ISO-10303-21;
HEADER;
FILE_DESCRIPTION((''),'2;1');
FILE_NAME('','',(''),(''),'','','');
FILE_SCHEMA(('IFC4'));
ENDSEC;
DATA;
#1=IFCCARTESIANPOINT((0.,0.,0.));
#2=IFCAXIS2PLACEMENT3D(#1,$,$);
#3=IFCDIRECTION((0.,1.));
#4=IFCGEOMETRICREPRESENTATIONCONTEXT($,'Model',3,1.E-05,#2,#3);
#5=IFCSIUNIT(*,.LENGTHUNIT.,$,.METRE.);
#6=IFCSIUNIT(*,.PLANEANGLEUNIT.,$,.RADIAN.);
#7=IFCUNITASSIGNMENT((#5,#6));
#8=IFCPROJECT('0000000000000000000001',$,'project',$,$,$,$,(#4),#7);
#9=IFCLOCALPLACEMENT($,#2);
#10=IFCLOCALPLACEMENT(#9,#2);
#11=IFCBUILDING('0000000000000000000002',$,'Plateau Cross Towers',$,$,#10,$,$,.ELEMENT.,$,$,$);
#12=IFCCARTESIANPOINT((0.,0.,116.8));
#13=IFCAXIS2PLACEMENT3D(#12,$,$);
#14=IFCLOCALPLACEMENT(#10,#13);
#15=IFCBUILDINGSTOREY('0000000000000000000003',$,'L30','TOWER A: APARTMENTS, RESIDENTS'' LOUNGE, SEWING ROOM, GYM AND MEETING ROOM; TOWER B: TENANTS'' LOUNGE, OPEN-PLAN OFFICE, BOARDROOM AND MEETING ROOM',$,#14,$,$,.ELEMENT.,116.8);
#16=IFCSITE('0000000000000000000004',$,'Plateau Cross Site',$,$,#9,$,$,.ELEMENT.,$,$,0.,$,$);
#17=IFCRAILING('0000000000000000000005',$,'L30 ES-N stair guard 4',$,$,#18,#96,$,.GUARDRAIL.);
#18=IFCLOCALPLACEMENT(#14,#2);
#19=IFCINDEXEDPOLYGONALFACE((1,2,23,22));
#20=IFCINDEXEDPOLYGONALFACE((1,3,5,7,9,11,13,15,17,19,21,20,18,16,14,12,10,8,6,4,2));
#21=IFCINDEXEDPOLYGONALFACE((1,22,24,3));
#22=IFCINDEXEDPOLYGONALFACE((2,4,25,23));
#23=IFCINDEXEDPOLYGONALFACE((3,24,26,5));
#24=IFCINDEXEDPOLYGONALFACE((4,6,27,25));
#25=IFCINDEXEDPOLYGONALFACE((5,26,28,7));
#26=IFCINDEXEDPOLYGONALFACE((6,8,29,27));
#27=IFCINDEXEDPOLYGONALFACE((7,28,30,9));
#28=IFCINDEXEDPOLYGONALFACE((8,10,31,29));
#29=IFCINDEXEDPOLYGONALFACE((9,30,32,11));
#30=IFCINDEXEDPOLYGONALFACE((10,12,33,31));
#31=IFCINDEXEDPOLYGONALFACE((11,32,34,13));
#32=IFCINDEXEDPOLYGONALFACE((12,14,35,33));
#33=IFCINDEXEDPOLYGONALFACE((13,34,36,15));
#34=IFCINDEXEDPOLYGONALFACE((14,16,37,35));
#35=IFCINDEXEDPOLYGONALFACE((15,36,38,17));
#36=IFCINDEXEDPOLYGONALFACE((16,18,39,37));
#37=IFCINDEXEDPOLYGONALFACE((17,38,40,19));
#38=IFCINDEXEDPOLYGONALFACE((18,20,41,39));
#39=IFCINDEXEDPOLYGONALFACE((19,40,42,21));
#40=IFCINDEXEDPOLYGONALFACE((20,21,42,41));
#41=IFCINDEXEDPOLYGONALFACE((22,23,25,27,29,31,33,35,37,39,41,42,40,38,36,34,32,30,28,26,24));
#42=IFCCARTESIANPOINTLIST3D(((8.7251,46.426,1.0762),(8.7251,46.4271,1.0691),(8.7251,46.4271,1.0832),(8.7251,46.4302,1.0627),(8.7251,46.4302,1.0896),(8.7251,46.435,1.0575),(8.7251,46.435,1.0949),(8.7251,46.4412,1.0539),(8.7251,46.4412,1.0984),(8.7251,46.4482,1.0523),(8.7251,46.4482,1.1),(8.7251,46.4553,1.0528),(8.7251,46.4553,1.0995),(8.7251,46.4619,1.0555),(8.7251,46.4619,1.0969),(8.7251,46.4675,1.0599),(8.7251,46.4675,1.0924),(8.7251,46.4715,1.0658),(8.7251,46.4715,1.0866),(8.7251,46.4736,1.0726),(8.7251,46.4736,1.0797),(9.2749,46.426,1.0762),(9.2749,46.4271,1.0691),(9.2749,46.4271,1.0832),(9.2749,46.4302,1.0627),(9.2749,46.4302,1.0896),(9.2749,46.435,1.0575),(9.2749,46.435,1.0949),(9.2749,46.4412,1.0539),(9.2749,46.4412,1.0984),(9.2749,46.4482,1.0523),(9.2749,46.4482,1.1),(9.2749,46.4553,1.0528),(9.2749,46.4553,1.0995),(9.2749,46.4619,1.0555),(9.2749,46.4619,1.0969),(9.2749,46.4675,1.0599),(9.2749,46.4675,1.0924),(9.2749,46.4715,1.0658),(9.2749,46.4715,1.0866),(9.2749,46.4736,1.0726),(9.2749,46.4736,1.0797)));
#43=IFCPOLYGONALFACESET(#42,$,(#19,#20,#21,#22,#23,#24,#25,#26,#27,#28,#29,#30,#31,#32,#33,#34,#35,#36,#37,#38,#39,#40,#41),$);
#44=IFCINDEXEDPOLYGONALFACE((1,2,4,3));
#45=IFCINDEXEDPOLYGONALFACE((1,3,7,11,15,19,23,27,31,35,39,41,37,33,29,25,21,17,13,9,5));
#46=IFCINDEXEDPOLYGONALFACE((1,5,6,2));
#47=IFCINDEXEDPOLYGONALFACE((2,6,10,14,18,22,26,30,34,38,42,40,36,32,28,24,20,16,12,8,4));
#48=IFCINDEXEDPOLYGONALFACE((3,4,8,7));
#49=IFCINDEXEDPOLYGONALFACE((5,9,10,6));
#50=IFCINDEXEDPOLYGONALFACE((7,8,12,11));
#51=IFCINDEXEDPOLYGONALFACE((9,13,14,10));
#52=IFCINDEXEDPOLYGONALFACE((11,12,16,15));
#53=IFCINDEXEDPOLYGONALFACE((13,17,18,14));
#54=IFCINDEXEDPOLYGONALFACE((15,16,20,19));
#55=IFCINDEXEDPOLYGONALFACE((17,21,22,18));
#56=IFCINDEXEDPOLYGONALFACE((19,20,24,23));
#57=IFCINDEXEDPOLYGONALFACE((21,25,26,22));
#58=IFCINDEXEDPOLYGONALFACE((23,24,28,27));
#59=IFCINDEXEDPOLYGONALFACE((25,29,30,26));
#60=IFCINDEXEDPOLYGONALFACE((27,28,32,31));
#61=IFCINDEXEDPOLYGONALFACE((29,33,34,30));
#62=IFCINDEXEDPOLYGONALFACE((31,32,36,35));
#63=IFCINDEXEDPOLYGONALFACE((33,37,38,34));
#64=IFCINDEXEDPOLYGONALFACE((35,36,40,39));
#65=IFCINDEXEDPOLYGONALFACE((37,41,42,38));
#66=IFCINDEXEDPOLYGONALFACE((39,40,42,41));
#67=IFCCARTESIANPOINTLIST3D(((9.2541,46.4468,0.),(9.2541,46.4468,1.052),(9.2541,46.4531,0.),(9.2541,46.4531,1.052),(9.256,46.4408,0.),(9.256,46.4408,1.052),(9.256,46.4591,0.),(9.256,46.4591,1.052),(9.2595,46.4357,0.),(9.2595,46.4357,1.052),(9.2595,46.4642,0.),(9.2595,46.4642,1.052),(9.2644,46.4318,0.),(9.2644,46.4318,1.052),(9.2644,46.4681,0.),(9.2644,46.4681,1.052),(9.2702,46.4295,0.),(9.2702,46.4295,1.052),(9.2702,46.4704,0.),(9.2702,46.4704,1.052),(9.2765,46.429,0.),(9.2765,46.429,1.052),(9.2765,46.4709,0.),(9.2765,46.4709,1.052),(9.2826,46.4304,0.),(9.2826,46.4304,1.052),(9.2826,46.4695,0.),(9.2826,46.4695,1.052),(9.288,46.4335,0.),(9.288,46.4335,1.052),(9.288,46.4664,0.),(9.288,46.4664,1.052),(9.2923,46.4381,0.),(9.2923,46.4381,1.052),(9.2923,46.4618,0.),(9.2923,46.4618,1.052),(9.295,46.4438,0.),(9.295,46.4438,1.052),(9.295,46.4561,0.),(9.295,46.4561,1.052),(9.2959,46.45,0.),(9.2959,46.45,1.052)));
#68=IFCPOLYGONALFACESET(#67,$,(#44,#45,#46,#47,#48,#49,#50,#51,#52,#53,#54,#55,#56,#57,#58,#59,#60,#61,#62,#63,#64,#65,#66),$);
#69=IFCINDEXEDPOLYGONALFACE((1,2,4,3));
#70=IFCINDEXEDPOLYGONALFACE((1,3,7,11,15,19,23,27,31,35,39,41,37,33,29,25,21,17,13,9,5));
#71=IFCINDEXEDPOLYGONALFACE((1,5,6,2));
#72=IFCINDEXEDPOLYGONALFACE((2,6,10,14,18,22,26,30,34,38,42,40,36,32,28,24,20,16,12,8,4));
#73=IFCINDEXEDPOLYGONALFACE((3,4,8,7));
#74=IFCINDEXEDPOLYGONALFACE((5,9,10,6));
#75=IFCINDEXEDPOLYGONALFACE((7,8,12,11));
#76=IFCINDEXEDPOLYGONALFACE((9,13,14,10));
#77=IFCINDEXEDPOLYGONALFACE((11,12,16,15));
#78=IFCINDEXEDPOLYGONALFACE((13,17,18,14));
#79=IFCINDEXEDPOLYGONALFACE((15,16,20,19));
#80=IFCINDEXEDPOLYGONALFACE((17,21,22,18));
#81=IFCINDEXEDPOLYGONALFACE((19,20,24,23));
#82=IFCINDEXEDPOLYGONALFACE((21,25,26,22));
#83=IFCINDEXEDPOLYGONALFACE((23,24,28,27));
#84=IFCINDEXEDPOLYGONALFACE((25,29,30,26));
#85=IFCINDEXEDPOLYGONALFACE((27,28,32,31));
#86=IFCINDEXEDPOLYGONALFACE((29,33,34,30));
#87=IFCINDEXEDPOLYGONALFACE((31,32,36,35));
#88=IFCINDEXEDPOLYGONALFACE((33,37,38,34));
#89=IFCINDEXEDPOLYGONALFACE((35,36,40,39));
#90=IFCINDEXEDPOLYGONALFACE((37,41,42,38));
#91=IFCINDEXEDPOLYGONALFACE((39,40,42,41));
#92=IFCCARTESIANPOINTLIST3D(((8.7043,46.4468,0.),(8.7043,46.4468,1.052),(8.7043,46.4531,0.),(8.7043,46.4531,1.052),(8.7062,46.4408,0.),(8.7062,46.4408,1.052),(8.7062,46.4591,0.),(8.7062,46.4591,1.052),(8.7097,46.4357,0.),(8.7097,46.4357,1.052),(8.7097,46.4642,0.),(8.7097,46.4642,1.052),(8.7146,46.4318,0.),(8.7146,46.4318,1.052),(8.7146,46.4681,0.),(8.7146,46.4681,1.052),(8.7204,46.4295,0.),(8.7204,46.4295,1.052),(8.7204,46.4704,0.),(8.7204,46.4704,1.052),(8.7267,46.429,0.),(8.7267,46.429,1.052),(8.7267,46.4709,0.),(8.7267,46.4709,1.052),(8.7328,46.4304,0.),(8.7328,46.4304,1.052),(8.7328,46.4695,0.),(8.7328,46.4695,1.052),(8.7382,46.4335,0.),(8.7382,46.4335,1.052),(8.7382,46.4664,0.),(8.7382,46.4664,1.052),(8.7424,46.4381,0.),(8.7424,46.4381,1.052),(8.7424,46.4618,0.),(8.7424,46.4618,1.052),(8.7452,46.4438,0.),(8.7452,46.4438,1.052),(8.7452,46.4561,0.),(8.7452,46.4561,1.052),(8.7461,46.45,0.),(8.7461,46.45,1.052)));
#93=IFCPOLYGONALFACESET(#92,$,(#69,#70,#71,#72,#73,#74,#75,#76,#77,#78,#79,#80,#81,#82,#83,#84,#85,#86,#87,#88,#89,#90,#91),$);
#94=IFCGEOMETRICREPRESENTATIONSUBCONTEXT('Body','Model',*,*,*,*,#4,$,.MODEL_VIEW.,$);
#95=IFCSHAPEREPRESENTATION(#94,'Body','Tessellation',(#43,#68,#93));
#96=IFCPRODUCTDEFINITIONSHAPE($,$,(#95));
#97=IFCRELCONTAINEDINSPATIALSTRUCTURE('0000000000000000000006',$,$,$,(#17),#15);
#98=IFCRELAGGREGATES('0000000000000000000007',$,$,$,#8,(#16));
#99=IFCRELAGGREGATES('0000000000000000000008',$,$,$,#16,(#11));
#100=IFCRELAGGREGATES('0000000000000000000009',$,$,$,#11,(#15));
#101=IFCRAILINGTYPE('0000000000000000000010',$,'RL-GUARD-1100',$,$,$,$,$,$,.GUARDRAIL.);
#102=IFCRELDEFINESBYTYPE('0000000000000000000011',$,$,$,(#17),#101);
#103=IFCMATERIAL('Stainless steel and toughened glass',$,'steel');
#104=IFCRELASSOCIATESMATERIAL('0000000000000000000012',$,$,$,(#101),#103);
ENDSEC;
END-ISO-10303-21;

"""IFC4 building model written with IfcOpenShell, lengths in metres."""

from ifc_helpers import new_model, si_unit, direction, frame, origin, origin_2d, place, context, subcontext, project, spatial, circle, extrude, material, type_object, element, save


model = new_model("IFC4")

# Units and contexts
model_context = context("Model", 3, precision=1e-05, world=origin(), true_north=direction((0.0, 1.0)))
body_context = subcontext(model_context, "Body", "Model", "MODEL_VIEW")
ifc_project = project(units=[si_unit("LENGTHUNIT", "METRE"), si_unit("PLANEANGLEUNIT", "RADIAN")], contexts=[model_context])

# Site, building, storey
site_placement = place(None, origin())
site = spatial("IfcSite", under=ifc_project, at=site_placement, Name="Plateau Cross Site", CompositionType="ELEMENT", RefElevation=0.0)
building_placement = place(site_placement, origin())
building = spatial("IfcBuilding", under=site, at=building_placement, Name="Plateau Cross Towers", CompositionType="ELEMENT")
storey_placement = place(building_placement, frame((0.0, 0.0, 116.8)))
storey = spatial("IfcBuildingStorey", under=building, at=storey_placement, Name="L30", Description="TOWER A: APARTMENTS, RESIDENTS' LOUNGE, SEWING ROOM, GYM AND MEETING ROOM; TOWER B: TENANTS' LOUNGE, OPEN-PLAN OFFICE, BOARDROOM AND MEETING ROOM", CompositionType="ELEMENT", Elevation=116.8)

# Railing
ifc_material_1 = material(Name="Stainless steel and toughened glass", Category="steel")
railing_type_1 = type_object("IfcRailingType", Name="RL-GUARD-1100", PredefinedType="GUARDRAIL", material=ifc_material_1)
railing_1_placement = place(storey_placement, frame((9.2749, 46.45, 0.0)))
element("IfcRailing", 1, at=railing_1_placement, inside=storey, type_object=railing_type_1, Name="L30 ES-N stair guard 4", PredefinedType="GUARDRAIL", context=body_context, shape_type="SweptSolid", body=[
    extrude(circle(Radius=0.0239, at=origin_2d()), frame((0.0, 0.0, 1.0762), z_axis=(-1.0, 0.0, 0.0), x_axis=(0.0, -1.0, 0.0)), (0.0, 0.0, 1.0), 0.5498),
    extrude(circle(Radius=0.021, at=origin_2d()), origin(), (0.0, 0.0, 1.0), 1.052),
    extrude(circle(Radius=0.021, at=origin_2d()), frame((-0.5498, 0.0, 0.0)), (0.0, 0.0, 1.0), 1.052),
])

save(model, "model.ifc")
